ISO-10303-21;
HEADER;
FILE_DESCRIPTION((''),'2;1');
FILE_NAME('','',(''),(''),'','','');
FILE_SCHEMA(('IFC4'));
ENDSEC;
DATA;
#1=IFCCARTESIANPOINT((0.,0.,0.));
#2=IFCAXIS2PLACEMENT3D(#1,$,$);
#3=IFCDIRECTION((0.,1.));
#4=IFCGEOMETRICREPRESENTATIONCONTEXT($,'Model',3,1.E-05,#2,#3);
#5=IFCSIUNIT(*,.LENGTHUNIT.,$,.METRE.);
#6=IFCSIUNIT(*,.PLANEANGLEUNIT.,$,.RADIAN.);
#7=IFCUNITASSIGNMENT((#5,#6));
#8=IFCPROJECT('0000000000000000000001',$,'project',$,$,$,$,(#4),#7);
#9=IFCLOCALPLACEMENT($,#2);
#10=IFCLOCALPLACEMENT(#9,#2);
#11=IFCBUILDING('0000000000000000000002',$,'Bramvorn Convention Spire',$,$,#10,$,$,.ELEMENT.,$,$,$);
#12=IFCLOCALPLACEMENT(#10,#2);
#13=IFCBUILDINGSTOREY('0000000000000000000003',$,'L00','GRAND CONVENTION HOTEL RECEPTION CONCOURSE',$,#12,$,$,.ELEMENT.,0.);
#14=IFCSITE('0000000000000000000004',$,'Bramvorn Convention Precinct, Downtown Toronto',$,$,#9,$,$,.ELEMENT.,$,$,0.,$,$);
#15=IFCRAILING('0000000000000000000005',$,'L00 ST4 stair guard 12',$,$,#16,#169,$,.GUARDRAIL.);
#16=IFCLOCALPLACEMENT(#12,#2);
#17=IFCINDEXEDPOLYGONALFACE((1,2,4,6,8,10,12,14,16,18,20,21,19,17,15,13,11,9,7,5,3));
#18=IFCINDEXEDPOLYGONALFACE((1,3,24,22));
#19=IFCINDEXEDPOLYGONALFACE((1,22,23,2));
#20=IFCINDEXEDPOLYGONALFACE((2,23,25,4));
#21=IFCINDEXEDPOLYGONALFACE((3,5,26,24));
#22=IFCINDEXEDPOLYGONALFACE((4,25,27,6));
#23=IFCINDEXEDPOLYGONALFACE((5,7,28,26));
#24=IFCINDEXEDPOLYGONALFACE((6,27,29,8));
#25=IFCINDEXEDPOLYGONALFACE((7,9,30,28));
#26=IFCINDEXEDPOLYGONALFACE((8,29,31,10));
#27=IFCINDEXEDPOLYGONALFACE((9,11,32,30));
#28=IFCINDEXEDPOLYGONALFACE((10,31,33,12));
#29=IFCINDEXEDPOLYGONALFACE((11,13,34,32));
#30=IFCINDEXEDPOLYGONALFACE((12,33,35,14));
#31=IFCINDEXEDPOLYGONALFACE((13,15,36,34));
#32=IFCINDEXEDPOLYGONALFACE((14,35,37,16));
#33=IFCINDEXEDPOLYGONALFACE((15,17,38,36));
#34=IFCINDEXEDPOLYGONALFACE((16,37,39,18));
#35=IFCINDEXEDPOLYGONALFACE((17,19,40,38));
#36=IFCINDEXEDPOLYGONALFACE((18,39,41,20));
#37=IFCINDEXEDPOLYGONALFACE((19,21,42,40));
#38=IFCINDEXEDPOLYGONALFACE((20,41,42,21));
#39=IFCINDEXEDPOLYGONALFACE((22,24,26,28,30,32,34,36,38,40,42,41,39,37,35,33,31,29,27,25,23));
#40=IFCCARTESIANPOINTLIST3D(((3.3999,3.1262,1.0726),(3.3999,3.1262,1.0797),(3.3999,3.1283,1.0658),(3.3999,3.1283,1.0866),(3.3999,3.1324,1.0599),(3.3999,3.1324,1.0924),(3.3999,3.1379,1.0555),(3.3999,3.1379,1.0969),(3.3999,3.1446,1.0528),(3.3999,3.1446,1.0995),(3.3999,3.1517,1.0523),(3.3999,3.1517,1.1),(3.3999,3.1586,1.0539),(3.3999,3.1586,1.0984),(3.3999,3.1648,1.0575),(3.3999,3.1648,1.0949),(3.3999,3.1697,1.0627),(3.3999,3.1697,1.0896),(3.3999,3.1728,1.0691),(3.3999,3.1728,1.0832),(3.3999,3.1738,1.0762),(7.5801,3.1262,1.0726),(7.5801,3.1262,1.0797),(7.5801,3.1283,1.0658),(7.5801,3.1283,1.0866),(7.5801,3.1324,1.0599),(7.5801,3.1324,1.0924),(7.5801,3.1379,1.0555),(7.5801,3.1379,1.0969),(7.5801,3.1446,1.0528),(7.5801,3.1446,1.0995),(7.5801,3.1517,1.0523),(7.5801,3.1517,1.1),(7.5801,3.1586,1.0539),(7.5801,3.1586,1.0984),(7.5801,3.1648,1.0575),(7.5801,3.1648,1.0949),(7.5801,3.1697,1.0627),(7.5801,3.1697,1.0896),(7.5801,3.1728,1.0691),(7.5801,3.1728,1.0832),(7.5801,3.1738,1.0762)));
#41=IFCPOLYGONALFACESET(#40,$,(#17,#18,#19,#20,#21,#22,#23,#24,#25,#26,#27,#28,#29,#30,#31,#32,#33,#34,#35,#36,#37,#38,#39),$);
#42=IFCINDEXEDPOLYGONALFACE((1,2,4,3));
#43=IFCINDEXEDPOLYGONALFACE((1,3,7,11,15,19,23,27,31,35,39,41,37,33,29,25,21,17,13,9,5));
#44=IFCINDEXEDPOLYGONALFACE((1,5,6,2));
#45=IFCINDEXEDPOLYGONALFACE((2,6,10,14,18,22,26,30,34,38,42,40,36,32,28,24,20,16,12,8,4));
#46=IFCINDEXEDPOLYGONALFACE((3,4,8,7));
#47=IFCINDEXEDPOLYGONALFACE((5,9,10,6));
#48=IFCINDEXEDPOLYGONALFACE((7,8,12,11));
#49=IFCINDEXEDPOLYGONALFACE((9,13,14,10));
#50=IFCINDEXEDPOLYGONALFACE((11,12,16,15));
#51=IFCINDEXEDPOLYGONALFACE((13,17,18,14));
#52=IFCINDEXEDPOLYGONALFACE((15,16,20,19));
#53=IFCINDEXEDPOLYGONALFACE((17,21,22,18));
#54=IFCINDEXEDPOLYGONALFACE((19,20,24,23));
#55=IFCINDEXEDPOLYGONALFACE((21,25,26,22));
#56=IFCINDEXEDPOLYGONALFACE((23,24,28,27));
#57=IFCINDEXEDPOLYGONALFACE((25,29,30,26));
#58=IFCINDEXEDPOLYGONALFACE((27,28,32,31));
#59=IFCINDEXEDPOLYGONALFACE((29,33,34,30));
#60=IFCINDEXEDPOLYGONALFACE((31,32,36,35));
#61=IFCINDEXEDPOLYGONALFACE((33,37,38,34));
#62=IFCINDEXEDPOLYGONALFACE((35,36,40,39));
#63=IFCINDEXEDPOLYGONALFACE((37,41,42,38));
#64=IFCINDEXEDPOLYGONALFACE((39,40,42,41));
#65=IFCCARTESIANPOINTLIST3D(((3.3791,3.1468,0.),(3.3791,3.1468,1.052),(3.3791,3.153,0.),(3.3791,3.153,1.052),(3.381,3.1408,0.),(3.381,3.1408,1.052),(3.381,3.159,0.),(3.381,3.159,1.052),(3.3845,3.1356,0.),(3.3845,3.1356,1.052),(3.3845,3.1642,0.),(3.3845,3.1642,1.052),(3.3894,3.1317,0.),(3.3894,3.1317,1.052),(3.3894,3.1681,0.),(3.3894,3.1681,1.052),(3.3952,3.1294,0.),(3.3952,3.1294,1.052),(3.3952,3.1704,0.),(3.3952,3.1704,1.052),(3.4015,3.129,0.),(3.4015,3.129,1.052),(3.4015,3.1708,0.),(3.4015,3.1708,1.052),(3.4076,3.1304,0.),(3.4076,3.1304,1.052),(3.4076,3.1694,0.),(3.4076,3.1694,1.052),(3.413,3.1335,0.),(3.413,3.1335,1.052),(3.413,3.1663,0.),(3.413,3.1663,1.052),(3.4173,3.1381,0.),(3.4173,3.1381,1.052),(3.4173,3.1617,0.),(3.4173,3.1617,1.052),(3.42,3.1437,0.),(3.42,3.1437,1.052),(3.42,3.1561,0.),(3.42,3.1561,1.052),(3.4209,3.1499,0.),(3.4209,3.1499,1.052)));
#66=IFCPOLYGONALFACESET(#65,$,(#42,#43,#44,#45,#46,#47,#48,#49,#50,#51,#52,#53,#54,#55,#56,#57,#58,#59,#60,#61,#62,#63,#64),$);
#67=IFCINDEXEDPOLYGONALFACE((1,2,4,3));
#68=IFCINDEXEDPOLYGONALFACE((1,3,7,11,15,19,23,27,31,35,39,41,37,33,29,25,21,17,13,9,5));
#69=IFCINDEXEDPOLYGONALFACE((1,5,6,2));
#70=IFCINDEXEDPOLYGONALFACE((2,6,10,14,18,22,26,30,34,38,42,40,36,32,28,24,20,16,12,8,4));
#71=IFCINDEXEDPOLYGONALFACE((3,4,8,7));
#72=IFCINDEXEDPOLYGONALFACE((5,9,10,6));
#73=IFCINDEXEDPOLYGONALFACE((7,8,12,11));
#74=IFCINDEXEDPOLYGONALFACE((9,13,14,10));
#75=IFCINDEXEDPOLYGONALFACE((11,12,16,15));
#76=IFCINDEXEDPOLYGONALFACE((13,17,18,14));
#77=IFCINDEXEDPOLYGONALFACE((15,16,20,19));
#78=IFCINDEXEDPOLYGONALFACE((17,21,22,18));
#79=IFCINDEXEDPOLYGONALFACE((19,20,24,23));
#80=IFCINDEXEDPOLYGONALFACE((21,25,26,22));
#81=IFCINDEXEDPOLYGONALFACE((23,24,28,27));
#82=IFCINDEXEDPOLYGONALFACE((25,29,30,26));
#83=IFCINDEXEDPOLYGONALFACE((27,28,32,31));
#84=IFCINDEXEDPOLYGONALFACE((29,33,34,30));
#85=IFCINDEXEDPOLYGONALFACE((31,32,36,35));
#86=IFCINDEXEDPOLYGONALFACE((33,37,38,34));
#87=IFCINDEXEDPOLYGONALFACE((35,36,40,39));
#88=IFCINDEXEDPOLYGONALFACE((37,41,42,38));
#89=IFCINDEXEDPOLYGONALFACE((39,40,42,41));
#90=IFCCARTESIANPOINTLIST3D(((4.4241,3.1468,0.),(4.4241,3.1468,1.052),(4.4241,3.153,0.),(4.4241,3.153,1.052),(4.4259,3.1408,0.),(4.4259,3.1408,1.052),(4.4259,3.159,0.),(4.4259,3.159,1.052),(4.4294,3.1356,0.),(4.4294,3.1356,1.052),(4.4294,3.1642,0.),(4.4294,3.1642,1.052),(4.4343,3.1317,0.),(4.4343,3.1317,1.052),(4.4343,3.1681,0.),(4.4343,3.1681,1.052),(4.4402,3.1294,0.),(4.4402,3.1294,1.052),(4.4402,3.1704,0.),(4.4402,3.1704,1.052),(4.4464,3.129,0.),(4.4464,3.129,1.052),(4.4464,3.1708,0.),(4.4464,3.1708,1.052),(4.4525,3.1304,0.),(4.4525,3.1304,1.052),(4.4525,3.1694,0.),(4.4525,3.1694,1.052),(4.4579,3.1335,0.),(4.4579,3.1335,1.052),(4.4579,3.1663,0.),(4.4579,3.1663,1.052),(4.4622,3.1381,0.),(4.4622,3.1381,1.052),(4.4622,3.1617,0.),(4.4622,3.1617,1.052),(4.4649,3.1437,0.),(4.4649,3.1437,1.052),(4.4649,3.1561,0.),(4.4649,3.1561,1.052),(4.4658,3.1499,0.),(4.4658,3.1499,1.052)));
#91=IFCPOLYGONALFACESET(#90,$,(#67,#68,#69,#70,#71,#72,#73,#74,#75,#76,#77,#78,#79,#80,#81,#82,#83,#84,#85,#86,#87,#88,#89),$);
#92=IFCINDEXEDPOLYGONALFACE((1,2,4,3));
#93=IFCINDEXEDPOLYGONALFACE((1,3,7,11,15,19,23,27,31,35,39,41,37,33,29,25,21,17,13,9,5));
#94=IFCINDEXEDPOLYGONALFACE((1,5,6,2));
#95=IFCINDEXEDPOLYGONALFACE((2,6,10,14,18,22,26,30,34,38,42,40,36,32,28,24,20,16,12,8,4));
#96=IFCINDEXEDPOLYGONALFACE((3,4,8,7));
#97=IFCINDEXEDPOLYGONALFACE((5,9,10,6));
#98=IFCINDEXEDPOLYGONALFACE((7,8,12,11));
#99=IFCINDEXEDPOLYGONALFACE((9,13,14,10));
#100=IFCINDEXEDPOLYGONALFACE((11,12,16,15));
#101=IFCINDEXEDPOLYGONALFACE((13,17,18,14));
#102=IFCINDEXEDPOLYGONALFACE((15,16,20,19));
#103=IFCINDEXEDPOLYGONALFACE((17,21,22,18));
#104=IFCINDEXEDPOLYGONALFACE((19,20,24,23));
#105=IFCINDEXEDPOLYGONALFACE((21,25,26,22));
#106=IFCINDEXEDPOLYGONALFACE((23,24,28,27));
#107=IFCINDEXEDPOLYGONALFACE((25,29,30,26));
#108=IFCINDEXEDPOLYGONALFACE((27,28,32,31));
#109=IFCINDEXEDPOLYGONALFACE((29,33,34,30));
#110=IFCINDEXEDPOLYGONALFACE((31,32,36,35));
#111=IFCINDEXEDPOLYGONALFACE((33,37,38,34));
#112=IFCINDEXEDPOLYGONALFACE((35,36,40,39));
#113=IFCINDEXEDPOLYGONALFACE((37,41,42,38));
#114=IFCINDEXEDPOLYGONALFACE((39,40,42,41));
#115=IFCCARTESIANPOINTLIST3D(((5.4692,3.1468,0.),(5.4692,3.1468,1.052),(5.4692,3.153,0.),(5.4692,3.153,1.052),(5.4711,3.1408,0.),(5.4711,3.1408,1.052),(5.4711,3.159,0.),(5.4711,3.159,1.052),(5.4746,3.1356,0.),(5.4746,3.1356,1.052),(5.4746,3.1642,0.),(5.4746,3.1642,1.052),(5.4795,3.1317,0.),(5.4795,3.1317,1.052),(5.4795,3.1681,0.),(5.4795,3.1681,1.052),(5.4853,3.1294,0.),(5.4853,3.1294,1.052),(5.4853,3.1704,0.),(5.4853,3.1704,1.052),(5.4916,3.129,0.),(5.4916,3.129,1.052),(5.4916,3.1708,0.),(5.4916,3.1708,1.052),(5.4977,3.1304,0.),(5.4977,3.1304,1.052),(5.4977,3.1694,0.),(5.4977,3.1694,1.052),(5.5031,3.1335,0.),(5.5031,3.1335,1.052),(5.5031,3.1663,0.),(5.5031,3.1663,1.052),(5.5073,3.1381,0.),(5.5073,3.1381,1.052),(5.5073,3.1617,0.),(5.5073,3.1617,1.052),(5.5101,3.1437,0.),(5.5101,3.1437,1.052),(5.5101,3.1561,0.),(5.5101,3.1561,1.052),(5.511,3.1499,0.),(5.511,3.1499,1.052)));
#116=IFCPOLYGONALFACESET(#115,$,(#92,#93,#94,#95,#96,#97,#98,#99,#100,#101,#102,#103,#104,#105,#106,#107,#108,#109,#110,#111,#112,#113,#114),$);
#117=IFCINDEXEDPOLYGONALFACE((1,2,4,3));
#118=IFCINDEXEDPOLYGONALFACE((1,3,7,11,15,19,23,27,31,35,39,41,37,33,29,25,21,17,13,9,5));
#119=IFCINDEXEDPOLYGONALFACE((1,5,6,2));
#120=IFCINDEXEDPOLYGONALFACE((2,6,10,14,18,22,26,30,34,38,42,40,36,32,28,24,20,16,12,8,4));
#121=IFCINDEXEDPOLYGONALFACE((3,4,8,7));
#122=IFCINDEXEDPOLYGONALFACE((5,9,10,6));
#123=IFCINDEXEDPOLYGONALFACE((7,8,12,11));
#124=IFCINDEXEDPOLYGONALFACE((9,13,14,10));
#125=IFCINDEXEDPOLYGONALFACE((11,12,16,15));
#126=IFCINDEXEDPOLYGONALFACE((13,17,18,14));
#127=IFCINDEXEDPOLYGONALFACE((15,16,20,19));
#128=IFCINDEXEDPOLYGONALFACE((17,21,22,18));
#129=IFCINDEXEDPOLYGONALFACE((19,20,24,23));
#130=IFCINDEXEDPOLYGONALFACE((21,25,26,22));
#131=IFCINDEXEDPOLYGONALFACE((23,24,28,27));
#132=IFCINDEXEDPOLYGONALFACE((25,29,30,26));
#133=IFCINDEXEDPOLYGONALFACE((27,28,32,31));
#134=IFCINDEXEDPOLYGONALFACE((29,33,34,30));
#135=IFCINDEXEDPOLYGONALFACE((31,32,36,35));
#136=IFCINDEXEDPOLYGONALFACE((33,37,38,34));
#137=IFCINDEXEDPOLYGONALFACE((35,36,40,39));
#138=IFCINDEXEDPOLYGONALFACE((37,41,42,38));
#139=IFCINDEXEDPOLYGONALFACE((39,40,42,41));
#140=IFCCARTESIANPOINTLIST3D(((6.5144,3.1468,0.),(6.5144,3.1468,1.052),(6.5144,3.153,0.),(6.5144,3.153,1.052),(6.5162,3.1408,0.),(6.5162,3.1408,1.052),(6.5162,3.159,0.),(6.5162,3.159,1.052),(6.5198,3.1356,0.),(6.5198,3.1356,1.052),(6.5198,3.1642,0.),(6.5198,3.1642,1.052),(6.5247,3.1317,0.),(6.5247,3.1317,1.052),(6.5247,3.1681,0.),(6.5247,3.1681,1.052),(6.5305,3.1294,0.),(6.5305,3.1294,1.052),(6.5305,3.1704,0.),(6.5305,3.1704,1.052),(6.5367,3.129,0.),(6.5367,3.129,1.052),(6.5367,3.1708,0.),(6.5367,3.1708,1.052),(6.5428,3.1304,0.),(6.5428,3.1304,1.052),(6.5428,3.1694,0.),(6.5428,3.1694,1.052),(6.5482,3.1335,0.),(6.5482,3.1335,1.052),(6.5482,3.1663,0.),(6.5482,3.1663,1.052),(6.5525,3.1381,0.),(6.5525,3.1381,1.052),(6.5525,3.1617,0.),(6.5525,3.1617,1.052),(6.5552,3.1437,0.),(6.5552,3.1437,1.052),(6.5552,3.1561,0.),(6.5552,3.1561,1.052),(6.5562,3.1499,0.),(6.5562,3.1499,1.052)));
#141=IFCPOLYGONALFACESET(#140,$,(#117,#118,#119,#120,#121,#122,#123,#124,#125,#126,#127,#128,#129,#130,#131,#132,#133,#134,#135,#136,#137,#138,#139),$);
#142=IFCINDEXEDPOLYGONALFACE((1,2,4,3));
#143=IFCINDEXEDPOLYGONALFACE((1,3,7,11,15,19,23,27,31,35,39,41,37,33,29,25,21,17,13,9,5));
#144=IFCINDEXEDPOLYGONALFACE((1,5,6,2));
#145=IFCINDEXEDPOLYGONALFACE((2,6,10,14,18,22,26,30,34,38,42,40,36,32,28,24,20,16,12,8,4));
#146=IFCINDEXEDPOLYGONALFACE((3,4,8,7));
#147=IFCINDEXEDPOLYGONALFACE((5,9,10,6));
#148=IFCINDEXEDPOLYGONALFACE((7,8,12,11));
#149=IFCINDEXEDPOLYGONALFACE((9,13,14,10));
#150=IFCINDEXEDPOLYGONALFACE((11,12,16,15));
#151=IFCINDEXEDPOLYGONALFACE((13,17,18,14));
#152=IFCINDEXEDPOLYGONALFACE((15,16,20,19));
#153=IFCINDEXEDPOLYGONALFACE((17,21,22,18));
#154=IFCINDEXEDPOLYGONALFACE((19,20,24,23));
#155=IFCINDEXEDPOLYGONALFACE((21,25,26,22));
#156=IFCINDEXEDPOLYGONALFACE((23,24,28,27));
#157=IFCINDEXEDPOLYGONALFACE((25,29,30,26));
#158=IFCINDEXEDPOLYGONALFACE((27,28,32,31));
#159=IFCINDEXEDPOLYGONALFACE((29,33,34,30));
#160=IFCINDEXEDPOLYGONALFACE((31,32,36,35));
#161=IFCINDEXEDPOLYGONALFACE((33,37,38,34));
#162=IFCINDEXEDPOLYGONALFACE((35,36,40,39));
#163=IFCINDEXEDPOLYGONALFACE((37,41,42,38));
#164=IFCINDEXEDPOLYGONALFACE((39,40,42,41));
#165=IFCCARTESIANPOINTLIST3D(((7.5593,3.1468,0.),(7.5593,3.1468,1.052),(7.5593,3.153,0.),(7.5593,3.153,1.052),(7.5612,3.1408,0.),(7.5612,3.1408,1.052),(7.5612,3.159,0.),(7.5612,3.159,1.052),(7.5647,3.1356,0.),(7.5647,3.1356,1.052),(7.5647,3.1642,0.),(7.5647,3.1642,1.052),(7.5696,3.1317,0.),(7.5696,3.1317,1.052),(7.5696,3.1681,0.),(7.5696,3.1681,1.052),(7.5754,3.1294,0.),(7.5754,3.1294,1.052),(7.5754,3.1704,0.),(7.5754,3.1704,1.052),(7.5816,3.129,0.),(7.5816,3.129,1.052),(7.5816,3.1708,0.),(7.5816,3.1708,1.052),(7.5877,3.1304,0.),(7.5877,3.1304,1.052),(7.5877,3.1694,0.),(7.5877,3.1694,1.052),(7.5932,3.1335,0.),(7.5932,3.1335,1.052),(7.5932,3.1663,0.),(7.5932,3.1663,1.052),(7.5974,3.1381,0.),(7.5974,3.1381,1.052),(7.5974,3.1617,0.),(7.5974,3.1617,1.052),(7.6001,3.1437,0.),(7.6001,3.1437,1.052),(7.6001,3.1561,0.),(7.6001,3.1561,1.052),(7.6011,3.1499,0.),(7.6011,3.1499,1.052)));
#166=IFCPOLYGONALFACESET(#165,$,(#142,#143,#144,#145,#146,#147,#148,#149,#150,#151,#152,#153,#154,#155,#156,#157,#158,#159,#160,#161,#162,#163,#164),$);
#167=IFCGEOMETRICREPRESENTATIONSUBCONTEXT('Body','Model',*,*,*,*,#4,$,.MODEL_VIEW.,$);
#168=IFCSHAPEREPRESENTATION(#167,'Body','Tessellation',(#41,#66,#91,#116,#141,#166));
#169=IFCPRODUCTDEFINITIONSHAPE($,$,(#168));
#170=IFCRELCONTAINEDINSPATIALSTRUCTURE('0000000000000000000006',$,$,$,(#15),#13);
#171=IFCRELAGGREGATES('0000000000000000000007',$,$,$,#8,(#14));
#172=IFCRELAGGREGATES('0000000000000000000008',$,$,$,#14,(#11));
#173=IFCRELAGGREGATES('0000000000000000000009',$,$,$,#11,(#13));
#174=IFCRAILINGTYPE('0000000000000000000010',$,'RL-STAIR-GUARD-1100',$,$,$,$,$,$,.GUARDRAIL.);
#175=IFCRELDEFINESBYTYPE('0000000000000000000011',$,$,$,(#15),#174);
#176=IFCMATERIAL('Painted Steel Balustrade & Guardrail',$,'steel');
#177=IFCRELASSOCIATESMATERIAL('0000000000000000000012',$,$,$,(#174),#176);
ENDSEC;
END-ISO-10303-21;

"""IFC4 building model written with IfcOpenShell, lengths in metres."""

from ifc_helpers import new_model, si_unit, direction, frame, origin, origin_2d, place, context, subcontext, project, spatial, circle, extrude, material, type_object, element, save


model = new_model("IFC4")

# Units and contexts
model_context = context("Model", 3, precision=1e-05, world=origin(), true_north=direction((0.0, 1.0)))
body_context = subcontext(model_context, "Body", "Model", "MODEL_VIEW")
ifc_project = project(units=[si_unit("LENGTHUNIT", "METRE"), si_unit("PLANEANGLEUNIT", "RADIAN")], contexts=[model_context])

# Site, building, storey
site_placement = place(None, origin())
site = spatial("IfcSite", under=ifc_project, at=site_placement, Name="Bramvorn Convention Precinct, Downtown Toronto", CompositionType="ELEMENT", RefElevation=0.0)
building_placement = place(site_placement, origin())
building = spatial("IfcBuilding", under=site, at=building_placement, Name="Bramvorn Convention Spire", CompositionType="ELEMENT")
storey_placement = place(building_placement, origin())
storey = spatial("IfcBuildingStorey", under=building, at=storey_placement, Name="L00", Description="GRAND CONVENTION HOTEL RECEPTION CONCOURSE", CompositionType="ELEMENT", Elevation=0.0)

# Railing
ifc_material_1 = material(Name="Painted Steel Balustrade & Guardrail", Category="steel")
railing_type_1 = type_object("IfcRailingType", Name="RL-STAIR-GUARD-1100", PredefinedType="GUARDRAIL", material=ifc_material_1)
railing_1_placement = place(storey_placement, frame((3.3999, 3.1499, 0.0)))
element("IfcRailing", 1, at=railing_1_placement, inside=storey, type_object=railing_type_1, Name="L00 ST4 stair guard 12", PredefinedType="GUARDRAIL", context=body_context, shape_type="SweptSolid", body=[
    extrude(circle(Radius=0.0239, at=origin_2d()), frame((0.0, 0.0, 1.0762), z_axis=(1.0, 0.0, 0.0), x_axis=(0.0, 1.0, 0.0)), (0.0, 0.0, 1.0), 4.1802),
    extrude(circle(Radius=0.021, at=origin_2d()), origin(), (0.0, 0.0, 1.0), 1.052),
    extrude(circle(Radius=0.021, at=origin_2d()), frame((1.0449, 0.0, 0.0)), (0.0, 0.0, 1.0), 1.052),
    extrude(circle(Radius=0.021, at=origin_2d()), frame((2.0901, 0.0, 0.0)), (0.0, 0.0, 1.0), 1.052),
    extrude(circle(Radius=0.021, at=origin_2d()), frame((3.1353, 0.0, 0.0)), (0.0, 0.0, 1.0), 1.052),
    extrude(circle(Radius=0.021, at=origin_2d()), frame((4.1802, 0.0, 0.0)), (0.0, 0.0, 1.0), 1.052),
])

save(model, "model.ifc")
